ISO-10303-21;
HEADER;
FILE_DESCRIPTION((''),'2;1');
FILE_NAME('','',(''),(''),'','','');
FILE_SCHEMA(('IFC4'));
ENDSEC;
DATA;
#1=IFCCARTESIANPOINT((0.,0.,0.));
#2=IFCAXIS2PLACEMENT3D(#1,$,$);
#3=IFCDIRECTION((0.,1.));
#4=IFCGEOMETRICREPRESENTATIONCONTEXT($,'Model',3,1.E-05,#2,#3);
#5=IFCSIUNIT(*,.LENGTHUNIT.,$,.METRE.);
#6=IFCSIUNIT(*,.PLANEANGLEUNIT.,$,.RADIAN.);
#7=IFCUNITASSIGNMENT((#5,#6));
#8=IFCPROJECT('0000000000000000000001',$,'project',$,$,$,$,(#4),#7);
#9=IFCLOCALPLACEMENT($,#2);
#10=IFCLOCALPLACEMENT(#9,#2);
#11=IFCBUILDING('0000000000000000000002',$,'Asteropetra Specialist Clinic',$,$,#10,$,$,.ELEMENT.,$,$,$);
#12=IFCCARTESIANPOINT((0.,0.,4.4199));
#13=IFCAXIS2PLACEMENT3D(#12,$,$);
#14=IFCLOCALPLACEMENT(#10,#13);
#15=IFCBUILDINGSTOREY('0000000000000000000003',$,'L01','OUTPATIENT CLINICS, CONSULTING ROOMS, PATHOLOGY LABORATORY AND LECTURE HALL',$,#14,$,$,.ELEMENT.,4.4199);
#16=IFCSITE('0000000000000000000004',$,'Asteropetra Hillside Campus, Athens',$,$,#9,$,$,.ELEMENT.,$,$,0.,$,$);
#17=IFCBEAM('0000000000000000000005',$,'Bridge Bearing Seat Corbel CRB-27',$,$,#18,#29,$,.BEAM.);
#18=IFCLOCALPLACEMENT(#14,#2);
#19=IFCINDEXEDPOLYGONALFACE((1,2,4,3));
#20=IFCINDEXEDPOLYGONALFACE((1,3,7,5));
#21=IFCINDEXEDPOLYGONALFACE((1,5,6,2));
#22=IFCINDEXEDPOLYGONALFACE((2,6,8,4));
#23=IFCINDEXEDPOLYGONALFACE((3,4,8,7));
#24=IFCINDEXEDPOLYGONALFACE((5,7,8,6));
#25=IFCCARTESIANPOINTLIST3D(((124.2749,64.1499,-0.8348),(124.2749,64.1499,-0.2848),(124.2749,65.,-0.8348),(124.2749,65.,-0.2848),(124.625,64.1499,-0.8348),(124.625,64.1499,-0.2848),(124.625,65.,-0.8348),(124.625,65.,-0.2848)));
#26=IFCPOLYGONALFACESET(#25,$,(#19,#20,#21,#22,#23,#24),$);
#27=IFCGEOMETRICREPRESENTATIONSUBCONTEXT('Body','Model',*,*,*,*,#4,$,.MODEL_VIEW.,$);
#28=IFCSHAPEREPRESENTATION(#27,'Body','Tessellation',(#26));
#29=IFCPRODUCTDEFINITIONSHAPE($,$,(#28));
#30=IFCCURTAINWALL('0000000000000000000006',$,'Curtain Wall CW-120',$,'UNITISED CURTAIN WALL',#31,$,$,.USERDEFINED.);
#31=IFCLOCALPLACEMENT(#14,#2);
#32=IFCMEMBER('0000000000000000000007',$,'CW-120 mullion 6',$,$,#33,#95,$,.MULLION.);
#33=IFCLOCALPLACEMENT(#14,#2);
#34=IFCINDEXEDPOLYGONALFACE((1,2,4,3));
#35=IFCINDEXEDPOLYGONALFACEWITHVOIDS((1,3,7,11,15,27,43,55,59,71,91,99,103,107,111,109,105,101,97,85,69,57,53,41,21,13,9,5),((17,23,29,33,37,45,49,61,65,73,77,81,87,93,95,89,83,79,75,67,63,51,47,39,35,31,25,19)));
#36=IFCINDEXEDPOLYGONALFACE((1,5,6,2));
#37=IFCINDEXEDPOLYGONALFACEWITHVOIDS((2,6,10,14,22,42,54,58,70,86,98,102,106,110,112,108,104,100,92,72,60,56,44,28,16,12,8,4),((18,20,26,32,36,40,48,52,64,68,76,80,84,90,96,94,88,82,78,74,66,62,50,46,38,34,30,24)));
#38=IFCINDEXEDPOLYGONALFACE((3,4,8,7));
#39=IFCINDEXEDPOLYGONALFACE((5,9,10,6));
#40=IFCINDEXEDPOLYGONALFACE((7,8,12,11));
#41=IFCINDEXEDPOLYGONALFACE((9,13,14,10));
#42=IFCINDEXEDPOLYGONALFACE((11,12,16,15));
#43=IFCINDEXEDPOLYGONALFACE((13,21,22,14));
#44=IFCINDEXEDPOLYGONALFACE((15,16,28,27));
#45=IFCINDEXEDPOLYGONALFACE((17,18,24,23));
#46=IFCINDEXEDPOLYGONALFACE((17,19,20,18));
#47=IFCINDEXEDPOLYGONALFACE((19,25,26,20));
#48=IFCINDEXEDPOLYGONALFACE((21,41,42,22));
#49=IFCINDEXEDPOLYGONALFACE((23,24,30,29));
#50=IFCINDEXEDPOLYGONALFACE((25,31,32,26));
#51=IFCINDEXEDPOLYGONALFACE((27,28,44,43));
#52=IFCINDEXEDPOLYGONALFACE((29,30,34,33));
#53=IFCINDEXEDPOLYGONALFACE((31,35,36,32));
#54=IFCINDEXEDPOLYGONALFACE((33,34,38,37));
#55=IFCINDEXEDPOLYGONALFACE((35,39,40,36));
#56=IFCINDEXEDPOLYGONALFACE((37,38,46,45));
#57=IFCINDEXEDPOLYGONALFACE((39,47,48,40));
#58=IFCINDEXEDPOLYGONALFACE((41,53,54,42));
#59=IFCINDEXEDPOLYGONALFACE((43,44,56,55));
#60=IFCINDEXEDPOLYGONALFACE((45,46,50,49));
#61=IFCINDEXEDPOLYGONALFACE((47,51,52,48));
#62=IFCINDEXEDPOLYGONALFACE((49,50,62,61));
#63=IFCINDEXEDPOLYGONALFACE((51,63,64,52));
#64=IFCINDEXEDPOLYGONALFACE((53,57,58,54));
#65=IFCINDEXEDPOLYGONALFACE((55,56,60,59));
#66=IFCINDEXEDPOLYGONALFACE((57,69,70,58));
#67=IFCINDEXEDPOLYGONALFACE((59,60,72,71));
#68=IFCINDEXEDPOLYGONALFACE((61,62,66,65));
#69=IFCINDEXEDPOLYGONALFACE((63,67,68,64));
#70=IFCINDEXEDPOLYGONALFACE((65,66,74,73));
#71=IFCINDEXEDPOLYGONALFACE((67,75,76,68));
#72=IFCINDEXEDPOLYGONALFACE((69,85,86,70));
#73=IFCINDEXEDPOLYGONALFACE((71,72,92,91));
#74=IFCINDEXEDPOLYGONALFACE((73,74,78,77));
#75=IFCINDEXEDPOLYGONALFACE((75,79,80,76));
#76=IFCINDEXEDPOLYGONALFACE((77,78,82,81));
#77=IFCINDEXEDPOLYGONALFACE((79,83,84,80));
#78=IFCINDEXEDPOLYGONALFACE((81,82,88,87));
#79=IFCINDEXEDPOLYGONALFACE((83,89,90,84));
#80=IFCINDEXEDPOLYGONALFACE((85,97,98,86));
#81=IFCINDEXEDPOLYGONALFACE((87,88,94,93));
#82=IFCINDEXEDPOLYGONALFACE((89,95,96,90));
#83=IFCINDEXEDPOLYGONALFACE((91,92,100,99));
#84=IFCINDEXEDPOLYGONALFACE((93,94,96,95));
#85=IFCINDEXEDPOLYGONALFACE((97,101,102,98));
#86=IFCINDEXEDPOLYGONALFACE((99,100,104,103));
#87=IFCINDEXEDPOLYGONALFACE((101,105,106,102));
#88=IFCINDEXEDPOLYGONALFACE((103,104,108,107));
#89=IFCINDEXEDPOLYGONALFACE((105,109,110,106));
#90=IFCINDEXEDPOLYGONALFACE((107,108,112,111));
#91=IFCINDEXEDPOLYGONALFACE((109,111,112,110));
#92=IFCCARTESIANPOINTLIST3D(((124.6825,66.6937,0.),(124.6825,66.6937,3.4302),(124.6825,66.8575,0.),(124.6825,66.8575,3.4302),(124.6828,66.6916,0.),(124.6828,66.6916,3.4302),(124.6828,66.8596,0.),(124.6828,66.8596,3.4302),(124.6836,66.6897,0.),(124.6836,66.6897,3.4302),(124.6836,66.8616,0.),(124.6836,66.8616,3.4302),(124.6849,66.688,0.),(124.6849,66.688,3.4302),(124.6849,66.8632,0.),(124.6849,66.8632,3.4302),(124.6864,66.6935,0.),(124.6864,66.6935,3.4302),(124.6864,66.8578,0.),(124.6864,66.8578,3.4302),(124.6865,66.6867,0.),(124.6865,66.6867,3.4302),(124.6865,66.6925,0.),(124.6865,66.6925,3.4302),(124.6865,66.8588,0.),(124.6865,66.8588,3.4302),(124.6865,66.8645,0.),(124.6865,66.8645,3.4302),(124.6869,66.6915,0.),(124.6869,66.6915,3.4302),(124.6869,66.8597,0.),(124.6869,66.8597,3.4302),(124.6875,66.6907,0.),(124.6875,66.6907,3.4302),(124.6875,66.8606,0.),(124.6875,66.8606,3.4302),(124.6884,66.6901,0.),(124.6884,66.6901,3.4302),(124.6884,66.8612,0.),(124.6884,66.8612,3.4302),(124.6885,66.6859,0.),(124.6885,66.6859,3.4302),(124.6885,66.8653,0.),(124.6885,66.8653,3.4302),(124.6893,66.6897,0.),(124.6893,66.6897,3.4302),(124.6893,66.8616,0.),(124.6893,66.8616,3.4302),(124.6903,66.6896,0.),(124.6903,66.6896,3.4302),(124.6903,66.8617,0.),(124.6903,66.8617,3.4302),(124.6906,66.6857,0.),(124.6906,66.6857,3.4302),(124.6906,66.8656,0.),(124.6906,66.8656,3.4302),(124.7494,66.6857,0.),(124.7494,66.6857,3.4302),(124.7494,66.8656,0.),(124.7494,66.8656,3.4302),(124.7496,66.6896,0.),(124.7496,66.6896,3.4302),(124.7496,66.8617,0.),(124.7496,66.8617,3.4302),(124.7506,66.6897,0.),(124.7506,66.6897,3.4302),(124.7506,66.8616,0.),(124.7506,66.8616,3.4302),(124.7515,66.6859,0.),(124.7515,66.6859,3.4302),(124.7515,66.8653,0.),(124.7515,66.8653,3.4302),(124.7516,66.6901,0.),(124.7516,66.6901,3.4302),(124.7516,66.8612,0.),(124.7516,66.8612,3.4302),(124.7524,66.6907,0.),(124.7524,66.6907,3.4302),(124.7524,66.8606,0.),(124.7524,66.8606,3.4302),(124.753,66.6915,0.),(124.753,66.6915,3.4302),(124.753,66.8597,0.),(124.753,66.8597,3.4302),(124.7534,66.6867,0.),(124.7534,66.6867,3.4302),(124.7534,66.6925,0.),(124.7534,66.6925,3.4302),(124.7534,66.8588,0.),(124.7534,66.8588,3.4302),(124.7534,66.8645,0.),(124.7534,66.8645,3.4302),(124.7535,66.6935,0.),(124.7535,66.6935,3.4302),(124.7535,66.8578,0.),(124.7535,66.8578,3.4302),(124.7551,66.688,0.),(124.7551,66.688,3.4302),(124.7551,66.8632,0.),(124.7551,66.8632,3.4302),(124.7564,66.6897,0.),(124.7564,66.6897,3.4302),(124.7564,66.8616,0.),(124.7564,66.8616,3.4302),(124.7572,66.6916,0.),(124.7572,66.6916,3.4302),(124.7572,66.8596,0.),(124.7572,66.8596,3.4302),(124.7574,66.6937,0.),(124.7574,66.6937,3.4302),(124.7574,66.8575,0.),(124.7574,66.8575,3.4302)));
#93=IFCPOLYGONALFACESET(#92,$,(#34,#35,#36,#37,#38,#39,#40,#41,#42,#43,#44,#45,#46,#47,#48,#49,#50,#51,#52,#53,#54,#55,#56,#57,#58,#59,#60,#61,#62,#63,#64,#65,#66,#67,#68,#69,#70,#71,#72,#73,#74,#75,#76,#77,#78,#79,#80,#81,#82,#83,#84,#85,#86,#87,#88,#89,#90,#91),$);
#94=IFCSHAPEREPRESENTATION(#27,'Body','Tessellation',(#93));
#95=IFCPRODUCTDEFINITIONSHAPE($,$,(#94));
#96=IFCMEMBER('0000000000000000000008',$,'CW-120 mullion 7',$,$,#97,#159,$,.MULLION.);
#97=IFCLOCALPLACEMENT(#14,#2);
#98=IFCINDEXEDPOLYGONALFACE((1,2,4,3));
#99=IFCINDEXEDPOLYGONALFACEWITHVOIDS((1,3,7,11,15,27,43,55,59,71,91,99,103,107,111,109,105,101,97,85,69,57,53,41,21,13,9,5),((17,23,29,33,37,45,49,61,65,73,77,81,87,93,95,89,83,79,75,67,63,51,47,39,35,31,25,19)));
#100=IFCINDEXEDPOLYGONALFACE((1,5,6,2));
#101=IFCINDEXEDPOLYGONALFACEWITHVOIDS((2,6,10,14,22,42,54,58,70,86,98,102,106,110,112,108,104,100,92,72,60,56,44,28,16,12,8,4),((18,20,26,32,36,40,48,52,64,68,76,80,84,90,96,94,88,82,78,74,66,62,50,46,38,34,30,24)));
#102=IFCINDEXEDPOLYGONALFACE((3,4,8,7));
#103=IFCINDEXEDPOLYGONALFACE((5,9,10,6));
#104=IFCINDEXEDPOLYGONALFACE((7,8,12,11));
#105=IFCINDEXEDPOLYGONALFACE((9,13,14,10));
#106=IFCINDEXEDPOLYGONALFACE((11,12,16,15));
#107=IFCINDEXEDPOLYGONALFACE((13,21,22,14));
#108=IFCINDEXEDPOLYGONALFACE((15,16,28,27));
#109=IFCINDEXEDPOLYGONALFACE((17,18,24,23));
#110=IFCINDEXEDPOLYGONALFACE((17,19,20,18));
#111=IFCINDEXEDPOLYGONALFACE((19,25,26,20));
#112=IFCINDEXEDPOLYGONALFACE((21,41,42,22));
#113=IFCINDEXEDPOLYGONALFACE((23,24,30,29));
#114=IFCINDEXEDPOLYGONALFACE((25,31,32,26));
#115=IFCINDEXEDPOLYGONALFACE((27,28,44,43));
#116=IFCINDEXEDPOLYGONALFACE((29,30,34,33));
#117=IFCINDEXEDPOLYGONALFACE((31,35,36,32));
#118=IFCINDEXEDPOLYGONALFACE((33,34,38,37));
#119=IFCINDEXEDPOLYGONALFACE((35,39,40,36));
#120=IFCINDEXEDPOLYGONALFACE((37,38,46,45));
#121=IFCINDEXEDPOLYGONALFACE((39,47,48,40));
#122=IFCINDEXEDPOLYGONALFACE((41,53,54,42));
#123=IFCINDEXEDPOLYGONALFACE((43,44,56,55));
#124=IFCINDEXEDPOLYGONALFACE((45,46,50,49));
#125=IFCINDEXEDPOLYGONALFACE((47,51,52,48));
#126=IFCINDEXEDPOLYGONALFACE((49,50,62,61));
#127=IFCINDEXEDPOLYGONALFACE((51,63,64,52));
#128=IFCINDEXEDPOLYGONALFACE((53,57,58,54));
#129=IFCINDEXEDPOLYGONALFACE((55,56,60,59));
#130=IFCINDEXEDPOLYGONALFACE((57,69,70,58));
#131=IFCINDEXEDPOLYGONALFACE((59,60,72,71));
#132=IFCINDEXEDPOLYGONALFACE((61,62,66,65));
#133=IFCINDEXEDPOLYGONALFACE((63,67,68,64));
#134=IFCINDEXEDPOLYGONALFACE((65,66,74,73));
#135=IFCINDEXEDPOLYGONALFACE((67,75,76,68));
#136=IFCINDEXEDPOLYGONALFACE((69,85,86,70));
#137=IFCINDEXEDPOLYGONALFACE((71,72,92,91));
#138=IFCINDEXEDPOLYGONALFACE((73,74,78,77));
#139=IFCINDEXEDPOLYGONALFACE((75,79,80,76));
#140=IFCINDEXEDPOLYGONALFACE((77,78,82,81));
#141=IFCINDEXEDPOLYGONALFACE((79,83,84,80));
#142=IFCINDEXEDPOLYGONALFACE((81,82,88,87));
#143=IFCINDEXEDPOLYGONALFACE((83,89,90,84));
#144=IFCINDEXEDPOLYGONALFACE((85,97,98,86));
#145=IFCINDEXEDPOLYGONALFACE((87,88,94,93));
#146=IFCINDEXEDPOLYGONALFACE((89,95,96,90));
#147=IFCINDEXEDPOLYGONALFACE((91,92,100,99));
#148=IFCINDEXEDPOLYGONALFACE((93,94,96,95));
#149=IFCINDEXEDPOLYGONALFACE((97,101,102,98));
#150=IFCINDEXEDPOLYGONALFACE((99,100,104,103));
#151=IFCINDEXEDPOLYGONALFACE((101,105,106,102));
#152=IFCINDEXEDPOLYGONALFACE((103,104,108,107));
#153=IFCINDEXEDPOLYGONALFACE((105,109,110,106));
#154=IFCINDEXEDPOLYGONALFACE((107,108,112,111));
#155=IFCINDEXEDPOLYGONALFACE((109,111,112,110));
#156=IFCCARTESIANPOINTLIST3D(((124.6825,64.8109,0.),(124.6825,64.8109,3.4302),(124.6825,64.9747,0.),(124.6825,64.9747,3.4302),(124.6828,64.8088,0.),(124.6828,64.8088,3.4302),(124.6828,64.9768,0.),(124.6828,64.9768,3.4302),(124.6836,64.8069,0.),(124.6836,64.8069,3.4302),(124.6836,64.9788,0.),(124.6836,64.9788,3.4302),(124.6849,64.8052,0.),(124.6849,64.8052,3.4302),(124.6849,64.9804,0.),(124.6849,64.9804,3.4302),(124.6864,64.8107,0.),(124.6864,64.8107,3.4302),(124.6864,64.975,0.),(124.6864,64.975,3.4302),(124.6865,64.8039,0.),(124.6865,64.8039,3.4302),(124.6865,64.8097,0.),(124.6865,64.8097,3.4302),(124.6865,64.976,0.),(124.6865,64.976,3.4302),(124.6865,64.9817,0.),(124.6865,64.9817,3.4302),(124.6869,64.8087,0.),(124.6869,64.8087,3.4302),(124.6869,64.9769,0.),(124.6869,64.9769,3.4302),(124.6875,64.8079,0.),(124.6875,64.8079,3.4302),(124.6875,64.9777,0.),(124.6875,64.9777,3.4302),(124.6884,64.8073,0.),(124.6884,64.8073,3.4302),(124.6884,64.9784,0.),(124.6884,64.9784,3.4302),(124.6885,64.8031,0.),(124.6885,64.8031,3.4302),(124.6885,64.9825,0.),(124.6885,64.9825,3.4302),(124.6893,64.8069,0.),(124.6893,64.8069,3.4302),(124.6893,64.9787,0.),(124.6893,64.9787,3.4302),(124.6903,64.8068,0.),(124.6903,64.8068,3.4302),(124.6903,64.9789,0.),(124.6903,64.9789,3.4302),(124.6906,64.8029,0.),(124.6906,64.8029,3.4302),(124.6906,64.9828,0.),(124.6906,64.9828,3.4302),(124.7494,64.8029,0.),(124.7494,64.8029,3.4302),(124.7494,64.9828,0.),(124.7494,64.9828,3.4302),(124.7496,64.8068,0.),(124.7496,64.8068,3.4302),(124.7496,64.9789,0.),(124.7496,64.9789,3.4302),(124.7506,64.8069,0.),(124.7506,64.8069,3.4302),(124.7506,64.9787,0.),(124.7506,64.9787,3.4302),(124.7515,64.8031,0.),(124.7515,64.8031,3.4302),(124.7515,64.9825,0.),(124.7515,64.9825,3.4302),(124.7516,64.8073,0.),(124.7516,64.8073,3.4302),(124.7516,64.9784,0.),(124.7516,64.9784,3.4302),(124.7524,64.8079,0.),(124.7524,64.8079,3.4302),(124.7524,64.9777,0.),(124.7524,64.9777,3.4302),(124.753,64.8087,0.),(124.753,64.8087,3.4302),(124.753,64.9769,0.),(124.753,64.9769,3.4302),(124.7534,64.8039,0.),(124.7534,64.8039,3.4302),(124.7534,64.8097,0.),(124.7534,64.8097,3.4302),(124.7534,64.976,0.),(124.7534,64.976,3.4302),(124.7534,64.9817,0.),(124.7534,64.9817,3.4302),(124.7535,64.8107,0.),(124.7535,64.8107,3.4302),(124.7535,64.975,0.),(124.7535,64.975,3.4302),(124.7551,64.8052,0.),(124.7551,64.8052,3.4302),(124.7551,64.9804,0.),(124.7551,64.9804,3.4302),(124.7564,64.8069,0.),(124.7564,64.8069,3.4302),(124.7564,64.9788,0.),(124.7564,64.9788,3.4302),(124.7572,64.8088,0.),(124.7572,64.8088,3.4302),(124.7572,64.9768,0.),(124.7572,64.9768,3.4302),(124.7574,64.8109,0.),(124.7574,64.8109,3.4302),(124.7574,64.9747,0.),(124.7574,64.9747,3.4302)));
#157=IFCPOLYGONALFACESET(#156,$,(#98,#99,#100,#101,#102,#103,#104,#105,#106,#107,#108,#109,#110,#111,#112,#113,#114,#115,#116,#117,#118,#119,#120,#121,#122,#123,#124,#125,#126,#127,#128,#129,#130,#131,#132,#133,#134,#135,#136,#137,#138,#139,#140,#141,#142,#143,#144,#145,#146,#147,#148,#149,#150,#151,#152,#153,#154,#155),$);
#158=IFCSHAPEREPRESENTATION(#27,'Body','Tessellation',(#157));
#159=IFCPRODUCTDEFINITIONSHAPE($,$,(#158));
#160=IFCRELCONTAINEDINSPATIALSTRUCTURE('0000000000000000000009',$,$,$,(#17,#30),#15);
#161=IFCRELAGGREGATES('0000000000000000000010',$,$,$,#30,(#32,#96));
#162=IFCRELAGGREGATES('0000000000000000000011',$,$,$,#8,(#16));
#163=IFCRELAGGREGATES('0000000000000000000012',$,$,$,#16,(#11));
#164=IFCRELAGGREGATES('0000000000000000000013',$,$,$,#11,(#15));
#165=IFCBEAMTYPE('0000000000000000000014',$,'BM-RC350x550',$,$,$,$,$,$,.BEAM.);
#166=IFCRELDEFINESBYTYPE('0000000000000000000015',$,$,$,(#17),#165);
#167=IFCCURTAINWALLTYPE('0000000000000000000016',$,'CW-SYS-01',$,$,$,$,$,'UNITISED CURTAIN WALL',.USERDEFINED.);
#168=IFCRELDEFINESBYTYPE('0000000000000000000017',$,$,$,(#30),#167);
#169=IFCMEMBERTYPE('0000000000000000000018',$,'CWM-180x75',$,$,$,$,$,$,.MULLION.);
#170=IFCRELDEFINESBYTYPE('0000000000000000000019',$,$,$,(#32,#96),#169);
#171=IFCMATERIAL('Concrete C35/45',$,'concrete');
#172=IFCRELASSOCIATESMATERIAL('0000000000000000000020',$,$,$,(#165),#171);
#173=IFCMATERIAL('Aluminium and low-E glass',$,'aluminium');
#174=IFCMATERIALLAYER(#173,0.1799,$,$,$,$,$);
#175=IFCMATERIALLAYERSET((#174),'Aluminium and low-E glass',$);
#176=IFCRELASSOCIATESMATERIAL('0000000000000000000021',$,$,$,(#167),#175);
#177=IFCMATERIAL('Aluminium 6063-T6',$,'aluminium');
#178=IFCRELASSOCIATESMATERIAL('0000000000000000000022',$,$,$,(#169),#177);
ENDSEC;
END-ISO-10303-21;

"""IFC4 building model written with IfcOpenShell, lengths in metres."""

from ifc_helpers import new_model, si_unit, direction, frame, origin, origin_2d, place, context, subcontext, project, spatial, rectangle, hollow_rectangle, extrude, material, layer, layer_set, material_profile, profile_set, type_object, element, aggregate, save


model = new_model("IFC4")

# Units and contexts
model_context = context("Model", 3, precision=1e-05, world=origin(), true_north=direction((0.0, 1.0)))
body_context = subcontext(model_context, "Body", "Model", "MODEL_VIEW")
ifc_project = project(units=[si_unit("LENGTHUNIT", "METRE"), si_unit("PLANEANGLEUNIT", "RADIAN")], contexts=[model_context])

# Site, building, storey
site_placement = place(None, origin())
site = spatial("IfcSite", under=ifc_project, at=site_placement, Name="Asteropetra Hillside Campus, Athens", CompositionType="ELEMENT", RefElevation=0.0)
building_placement = place(site_placement, origin())
building = spatial("IfcBuilding", under=site, at=building_placement, Name="Asteropetra Specialist Clinic", CompositionType="ELEMENT")
storey_placement = place(building_placement, frame((0.0, 0.0, 4.4199)))
storey = spatial("IfcBuildingStorey", under=building, at=storey_placement, Name="L01", Description="OUTPATIENT CLINICS, CONSULTING ROOMS, PATHOLOGY LABORATORY AND LECTURE HALL", CompositionType="ELEMENT", Elevation=4.4199)

# Beam
ifc_material_1 = material(Name="Concrete C35/45", Category="concrete")
ifc_material_profile_1 = material_profile(ifc_material_1, rectangle(XDim=0.3501, YDim=0.55, at=origin_2d()), Name="RCB 350x550")
ifc_profile_set_1 = profile_set([ifc_material_profile_1], Name="Concrete C35/45")
beam_type = type_object("IfcBeamType", Name="BM-RC350x550", PredefinedType="BEAM", material=ifc_profile_set_1)
beam_placement = place(storey_placement, frame((124.45, 65.0, -0.5598), z_axis=(0.0, -1.0, 0.0), x_axis=(1.0, 0.0, 0.0)))
element("IfcBeam", 1, at=beam_placement, inside=storey, type_object=beam_type, Name="Bridge Bearing Seat Corbel CRB-27", PredefinedType="BEAM", context=body_context, shape_type="SweptSolid", body=[
    extrude(rectangle(XDim=0.3501, YDim=0.55, at=origin_2d()), origin(), (0.0, 0.0, 1.0), 0.8501),
])

# Curtain wall, members
ifc_material_2 = material(Name="Aluminium and low-E glass", Category="aluminium")
ifc_layer_1 = layer(ifc_material_2, 0.1799)
ifc_layer_set_1 = layer_set([ifc_layer_1], Name="Aluminium and low-E glass")
curtain_wall_type = type_object("IfcCurtainWallType", Name="CW-SYS-01", ElementType="UNITISED CURTAIN WALL", PredefinedType="USERDEFINED", material=ifc_layer_set_1)
curtain_wall_placement = place(storey_placement, origin())
curtain_wall = element("IfcCurtainWall", 2, at=curtain_wall_placement, inside=storey, type_object=curtain_wall_type, Name="Curtain Wall CW-120", ObjectType="UNITISED CURTAIN WALL", PredefinedType="USERDEFINED")
ifc_material_3 = material(Name="Aluminium 6063-T6", Category="aluminium")
ifc_material_profile_2 = material_profile(ifc_material_3, hollow_rectangle(XDim=0.075, YDim=0.1799, WallThickness=0.0039, InnerFilletRadius=0.0039, OuterFilletRadius=0.0081, at=origin_2d()), Name="MUL 180x75x4.0")
ifc_profile_set_2 = profile_set([ifc_material_profile_2], Name="Aluminium 6063-T6")
member_type_1 = type_object("IfcMemberType", Name="CWM-180x75", PredefinedType="MULLION", material=ifc_profile_set_2)
member_1_placement = place(storey_placement, frame((124.72, 66.7756, 0.0), z_axis=(0.0, 0.0, 1.0), x_axis=(1.0, 0.0, 0.0)))
member_1 = element("IfcMember", 3, at=member_1_placement, type_object=member_type_1, Name="CW-120 mullion 6", PredefinedType="MULLION", context=body_context, shape_type="SweptSolid", body=[
    extrude(hollow_rectangle(XDim=0.075, YDim=0.1799, WallThickness=0.0039, InnerFilletRadius=0.0039, OuterFilletRadius=0.0081, at=origin_2d()), origin(), (0.0, 0.0, 1.0), 3.4302),
])
member_2_placement = place(storey_placement, frame((124.72, 64.8928, 0.0), z_axis=(0.0, 0.0, 1.0), x_axis=(1.0, 0.0, 0.0)))
member_2 = element("IfcMember", 4, at=member_2_placement, type_object=member_type_1, Name="CW-120 mullion 7", PredefinedType="MULLION", context=body_context, shape_type="SweptSolid", body=[
    extrude(hollow_rectangle(XDim=0.075, YDim=0.1799, WallThickness=0.0039, InnerFilletRadius=0.0039, OuterFilletRadius=0.0081, at=origin_2d()), origin(), (0.0, 0.0, 1.0), 3.4302),
])
aggregate(curtain_wall, [member_1, member_2])

save(model, "model.ifc")
